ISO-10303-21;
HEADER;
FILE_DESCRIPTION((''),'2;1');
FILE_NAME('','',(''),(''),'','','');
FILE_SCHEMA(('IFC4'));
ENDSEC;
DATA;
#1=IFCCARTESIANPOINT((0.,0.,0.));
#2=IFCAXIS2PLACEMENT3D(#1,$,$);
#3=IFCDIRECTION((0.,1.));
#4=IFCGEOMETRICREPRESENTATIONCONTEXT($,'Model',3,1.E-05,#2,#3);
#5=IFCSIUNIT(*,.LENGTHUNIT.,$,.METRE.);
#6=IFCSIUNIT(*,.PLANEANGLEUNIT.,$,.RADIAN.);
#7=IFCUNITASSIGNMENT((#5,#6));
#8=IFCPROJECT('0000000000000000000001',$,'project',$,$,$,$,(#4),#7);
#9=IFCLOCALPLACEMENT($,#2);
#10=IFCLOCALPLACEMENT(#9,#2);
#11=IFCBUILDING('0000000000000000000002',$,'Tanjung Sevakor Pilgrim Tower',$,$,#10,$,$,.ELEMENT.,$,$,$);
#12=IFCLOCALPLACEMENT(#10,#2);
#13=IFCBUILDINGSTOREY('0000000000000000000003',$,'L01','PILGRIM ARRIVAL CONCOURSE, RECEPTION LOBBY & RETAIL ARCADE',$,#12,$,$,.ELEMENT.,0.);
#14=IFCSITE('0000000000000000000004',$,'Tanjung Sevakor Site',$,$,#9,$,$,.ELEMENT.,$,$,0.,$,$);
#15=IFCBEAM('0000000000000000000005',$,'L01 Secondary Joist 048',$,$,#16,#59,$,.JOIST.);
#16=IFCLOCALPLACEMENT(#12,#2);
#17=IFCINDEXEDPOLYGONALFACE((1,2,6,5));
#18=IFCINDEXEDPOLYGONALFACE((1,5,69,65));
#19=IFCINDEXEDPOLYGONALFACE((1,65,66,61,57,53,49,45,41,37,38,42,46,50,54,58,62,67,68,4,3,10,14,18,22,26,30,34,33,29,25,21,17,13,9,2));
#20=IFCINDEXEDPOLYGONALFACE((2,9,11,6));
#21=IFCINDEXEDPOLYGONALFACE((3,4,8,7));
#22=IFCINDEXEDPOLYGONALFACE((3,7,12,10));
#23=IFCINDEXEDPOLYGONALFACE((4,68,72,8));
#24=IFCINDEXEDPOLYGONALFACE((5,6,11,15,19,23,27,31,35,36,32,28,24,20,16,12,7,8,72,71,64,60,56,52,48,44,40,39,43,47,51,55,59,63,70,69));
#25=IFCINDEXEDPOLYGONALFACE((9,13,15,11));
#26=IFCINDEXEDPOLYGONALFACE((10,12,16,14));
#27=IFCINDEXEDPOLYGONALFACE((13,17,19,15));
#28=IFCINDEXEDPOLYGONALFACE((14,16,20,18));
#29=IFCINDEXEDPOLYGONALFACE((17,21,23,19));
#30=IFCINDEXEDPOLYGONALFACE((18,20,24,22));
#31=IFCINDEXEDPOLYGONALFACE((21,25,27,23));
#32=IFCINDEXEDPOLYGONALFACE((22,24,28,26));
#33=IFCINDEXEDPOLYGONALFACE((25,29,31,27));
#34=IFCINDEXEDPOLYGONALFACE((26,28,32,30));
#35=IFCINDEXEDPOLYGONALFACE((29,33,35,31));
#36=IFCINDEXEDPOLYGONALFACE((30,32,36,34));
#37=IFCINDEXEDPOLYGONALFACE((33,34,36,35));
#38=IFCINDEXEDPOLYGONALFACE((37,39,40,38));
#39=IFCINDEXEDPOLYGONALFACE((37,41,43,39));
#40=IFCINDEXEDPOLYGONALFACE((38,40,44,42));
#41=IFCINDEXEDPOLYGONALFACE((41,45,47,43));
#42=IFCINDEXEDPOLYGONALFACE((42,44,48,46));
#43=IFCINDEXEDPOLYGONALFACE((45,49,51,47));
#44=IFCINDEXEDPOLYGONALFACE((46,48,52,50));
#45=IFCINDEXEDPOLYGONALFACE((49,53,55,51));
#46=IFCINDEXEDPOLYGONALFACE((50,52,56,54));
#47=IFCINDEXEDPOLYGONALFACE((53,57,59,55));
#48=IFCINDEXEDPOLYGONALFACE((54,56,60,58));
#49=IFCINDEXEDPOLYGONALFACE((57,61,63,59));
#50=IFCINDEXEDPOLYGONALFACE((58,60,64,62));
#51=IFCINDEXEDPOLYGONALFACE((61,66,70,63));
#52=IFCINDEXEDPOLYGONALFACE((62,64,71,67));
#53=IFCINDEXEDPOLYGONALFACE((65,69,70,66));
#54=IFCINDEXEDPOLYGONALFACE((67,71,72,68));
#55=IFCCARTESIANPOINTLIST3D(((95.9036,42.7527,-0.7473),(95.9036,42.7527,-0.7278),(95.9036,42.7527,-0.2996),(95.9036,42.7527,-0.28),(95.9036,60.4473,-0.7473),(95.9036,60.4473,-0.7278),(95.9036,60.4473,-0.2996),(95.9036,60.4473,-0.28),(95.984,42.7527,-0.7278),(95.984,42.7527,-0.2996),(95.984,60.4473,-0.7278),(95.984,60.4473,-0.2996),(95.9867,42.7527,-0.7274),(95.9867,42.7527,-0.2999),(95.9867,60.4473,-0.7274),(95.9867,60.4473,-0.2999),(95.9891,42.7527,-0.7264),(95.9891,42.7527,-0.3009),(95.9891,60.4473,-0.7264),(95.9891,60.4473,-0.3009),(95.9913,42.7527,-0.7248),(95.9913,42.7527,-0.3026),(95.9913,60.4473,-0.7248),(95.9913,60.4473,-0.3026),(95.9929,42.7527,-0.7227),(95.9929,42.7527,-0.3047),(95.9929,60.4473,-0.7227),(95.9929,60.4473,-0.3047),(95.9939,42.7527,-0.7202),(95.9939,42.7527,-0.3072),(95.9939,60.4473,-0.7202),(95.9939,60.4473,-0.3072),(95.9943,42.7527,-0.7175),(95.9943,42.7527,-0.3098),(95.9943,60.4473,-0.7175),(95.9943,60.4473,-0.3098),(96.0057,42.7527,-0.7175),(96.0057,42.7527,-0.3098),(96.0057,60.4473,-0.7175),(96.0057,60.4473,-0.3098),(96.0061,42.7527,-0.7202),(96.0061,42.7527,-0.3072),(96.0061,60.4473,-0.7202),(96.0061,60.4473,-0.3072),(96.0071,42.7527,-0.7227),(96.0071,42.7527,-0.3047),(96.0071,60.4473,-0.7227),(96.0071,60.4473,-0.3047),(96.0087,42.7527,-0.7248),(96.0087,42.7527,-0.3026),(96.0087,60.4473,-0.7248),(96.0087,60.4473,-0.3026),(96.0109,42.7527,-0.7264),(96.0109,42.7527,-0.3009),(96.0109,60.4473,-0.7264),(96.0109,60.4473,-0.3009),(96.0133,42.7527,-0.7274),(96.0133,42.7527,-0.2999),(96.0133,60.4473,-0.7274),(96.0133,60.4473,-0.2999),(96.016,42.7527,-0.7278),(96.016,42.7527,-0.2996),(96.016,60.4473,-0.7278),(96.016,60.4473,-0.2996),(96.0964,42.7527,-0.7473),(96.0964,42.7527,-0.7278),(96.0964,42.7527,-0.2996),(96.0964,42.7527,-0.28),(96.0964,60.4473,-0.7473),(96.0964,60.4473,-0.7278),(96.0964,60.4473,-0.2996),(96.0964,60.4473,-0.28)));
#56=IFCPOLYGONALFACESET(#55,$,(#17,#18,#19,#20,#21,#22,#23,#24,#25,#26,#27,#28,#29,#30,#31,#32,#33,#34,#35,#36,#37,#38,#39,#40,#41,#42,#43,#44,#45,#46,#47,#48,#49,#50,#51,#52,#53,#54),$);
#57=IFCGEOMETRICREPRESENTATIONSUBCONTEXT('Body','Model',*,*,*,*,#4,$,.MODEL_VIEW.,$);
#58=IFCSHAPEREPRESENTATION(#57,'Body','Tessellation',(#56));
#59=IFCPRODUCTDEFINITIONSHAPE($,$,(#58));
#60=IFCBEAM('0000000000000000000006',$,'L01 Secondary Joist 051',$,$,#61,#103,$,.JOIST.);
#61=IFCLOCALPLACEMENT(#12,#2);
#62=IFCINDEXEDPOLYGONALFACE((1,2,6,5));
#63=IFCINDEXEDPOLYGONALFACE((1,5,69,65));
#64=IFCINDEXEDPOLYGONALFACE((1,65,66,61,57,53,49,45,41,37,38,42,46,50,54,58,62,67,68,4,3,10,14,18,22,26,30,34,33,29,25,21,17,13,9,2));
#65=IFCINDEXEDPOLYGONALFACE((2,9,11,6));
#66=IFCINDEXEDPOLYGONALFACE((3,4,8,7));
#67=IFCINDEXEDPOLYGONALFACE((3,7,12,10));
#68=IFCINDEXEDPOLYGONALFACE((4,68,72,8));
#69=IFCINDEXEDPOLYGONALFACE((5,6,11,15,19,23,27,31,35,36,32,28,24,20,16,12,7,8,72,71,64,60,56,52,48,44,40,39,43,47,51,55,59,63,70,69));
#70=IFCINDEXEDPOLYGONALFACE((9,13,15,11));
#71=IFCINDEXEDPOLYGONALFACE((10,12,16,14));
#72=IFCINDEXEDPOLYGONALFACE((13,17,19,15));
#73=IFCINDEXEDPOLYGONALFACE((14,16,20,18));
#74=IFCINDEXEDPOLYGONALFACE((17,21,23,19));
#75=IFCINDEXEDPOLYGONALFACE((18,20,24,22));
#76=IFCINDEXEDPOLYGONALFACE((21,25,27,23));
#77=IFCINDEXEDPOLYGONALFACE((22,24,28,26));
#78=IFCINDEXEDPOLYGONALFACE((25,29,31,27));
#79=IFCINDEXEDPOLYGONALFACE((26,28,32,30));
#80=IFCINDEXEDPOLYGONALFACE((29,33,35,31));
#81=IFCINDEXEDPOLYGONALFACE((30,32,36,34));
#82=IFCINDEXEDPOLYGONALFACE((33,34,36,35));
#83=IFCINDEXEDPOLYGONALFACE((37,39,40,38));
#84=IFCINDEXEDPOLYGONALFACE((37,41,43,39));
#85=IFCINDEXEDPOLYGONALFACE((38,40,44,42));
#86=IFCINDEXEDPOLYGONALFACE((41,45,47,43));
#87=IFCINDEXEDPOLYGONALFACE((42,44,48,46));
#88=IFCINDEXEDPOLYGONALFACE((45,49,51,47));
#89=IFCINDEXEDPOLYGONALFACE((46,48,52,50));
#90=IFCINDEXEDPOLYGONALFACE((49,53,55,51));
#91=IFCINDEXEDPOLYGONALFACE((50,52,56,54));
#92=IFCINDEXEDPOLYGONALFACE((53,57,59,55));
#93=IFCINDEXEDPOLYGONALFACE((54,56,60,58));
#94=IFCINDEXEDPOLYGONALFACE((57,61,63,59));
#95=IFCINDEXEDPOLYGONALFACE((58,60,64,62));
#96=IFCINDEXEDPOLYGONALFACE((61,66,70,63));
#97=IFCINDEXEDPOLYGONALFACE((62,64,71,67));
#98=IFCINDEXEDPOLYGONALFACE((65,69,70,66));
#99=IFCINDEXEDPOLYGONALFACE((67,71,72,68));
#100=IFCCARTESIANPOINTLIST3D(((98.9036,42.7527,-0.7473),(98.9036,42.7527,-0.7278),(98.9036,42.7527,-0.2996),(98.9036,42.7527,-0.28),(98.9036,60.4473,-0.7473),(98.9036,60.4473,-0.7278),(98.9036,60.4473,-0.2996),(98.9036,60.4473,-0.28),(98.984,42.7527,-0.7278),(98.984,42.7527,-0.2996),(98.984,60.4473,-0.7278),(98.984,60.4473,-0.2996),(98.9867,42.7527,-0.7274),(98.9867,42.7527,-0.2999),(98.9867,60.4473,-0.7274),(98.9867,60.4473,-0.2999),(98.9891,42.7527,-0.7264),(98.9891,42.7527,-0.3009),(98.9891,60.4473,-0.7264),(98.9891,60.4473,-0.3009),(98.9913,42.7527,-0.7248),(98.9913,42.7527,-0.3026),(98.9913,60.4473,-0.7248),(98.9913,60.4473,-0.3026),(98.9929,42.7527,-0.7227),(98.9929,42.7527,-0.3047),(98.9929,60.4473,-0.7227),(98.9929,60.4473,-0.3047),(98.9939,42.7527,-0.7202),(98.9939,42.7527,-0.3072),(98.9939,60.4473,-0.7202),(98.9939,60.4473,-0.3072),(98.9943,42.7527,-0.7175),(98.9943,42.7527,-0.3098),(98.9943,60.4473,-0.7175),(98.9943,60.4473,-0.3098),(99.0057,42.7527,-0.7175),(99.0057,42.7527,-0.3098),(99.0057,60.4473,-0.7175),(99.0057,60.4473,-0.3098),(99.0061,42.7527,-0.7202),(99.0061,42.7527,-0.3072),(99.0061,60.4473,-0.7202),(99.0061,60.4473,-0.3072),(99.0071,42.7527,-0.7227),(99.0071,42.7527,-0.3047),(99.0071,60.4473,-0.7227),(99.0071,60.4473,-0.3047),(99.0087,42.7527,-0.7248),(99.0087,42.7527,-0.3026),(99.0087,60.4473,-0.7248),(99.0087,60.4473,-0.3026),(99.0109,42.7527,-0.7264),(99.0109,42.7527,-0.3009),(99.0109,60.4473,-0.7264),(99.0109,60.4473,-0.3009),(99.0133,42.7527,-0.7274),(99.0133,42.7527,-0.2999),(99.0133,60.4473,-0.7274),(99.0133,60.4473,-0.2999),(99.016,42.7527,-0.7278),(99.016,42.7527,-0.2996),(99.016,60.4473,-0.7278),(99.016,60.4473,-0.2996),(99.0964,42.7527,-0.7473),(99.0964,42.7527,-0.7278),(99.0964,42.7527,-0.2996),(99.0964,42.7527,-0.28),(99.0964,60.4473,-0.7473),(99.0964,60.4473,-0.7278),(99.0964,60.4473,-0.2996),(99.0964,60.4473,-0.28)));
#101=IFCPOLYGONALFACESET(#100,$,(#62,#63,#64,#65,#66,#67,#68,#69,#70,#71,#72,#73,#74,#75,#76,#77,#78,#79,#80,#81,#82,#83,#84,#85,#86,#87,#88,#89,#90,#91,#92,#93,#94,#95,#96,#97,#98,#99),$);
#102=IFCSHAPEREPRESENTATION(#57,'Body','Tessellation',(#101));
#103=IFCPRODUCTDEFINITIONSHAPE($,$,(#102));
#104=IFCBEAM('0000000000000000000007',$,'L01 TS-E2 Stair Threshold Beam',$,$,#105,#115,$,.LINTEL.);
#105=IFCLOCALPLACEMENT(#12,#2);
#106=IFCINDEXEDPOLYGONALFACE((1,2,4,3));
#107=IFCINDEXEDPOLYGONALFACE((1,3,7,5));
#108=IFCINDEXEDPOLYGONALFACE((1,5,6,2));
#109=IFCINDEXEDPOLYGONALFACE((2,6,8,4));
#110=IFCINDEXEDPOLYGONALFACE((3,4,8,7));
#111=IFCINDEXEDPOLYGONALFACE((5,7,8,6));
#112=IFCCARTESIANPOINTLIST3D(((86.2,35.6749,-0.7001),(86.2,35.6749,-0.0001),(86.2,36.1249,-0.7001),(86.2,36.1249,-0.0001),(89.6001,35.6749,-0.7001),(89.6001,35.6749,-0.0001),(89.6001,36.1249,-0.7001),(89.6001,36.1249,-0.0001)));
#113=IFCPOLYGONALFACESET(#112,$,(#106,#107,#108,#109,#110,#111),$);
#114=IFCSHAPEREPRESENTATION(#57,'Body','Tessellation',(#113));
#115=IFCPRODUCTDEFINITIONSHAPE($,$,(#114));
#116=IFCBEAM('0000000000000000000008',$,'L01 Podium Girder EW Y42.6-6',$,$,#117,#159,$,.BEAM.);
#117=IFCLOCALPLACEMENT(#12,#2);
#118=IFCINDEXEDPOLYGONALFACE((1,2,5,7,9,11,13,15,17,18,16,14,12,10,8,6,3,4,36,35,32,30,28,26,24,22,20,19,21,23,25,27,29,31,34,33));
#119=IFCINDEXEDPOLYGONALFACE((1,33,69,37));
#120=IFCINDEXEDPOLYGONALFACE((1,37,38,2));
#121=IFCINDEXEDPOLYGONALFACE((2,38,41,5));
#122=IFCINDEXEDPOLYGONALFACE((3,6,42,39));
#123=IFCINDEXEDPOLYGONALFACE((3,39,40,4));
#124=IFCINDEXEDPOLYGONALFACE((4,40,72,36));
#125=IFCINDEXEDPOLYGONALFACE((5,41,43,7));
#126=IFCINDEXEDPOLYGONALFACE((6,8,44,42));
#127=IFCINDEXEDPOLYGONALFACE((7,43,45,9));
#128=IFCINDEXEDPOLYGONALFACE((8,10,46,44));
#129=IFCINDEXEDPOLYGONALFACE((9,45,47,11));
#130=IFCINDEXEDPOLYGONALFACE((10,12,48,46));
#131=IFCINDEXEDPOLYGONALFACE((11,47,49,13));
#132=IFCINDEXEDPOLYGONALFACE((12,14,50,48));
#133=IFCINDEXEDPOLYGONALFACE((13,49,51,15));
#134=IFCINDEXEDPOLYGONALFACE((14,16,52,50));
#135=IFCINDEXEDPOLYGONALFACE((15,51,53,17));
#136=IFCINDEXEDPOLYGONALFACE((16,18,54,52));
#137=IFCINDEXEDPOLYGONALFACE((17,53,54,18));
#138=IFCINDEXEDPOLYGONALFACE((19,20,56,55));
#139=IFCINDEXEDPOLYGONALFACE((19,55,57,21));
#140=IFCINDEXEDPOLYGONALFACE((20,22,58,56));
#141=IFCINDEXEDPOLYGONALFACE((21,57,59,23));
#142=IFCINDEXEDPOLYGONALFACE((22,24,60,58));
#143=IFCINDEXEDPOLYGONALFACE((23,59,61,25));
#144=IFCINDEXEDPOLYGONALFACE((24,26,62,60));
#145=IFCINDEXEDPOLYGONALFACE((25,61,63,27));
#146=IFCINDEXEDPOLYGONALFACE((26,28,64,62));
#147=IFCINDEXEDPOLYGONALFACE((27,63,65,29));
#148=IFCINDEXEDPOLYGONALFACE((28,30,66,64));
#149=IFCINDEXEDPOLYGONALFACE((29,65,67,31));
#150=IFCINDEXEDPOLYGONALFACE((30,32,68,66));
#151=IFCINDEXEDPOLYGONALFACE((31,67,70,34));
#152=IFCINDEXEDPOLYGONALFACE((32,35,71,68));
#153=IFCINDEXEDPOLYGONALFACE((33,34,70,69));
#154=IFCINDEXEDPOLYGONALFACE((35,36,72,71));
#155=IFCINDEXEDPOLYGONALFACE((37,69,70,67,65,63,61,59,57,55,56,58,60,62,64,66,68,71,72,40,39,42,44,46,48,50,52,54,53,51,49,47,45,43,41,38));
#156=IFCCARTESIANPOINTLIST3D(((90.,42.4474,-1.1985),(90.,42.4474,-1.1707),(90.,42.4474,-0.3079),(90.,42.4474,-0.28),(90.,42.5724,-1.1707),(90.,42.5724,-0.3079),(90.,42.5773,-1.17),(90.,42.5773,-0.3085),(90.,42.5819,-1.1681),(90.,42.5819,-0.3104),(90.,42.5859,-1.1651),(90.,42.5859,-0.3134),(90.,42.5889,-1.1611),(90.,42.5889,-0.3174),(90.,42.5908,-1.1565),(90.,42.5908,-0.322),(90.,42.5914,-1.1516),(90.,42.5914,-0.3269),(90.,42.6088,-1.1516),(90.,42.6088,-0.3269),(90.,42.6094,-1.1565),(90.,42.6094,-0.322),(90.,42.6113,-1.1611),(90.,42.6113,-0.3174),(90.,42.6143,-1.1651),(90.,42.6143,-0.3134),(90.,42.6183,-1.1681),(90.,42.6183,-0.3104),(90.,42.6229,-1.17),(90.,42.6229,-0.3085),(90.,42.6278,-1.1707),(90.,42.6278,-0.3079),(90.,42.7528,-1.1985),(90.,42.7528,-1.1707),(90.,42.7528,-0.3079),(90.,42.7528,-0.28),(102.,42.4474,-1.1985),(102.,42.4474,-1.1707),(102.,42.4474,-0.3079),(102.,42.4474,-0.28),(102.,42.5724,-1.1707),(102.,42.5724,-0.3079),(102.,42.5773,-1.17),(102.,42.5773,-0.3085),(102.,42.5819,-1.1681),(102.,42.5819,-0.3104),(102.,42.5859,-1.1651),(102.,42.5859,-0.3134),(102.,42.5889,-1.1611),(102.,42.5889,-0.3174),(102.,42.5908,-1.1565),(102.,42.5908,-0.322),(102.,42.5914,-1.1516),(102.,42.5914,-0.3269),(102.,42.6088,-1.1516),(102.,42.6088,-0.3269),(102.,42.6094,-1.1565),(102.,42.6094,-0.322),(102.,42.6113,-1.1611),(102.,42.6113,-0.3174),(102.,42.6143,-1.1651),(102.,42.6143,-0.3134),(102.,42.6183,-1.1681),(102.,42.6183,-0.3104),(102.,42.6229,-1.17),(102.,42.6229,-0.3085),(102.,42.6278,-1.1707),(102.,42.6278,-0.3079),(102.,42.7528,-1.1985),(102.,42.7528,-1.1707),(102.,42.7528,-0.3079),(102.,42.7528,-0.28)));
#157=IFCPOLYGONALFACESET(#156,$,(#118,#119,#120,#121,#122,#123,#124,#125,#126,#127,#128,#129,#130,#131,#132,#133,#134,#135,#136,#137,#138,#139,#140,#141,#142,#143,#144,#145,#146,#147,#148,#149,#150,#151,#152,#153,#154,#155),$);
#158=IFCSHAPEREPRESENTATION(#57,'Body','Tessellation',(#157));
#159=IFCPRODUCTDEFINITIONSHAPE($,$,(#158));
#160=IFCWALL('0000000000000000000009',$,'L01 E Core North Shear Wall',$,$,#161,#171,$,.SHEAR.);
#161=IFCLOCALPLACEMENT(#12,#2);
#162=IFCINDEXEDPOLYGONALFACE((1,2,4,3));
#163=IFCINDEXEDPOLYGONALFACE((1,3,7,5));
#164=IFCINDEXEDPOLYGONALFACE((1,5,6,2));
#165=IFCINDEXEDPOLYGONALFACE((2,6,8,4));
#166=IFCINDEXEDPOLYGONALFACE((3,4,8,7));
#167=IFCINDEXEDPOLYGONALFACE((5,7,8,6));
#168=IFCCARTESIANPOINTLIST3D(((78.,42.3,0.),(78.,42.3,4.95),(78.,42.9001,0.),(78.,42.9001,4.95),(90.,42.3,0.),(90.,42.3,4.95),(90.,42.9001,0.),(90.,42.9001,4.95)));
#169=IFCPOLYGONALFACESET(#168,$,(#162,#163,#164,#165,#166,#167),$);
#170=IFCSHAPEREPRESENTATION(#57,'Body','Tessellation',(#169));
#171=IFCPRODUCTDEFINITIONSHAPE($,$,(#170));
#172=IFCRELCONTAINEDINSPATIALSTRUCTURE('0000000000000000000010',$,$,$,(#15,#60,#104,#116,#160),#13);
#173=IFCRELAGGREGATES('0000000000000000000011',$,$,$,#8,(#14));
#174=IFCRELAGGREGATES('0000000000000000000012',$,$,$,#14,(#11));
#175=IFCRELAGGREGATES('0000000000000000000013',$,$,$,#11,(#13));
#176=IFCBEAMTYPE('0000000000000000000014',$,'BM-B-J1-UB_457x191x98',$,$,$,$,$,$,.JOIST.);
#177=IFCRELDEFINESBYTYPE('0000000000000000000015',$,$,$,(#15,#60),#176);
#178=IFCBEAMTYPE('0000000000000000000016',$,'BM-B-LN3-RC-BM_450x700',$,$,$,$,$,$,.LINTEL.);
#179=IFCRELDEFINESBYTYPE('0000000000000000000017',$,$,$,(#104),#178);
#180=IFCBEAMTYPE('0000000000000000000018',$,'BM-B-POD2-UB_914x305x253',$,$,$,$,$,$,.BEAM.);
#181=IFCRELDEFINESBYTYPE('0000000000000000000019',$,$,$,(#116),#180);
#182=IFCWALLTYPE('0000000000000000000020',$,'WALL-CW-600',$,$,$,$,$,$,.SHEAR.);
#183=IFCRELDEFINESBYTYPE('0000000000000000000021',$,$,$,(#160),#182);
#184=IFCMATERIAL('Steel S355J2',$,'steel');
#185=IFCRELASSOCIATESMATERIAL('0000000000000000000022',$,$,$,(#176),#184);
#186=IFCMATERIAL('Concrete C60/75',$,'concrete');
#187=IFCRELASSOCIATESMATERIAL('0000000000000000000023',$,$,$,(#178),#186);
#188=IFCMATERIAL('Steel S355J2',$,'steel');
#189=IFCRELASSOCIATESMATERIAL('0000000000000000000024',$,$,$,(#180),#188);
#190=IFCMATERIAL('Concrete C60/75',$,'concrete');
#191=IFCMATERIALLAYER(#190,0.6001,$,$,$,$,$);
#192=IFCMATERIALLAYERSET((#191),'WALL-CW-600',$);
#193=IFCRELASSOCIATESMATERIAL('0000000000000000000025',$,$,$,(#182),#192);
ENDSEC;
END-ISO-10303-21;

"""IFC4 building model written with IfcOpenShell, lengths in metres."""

from ifc_helpers import new_model, si_unit, direction, frame, frame_2d, origin, origin_2d, place, context, subcontext, project, spatial, rectangle, i_section, extrude, material, layer, layer_set, material_profile, profile_set, type_object, element, save


model = new_model("IFC4")

# Units and contexts
model_context = context("Model", 3, precision=1e-05, world=origin(), true_north=direction((0.0, 1.0)))
body_context = subcontext(model_context, "Body", "Model", "MODEL_VIEW")
ifc_project = project(units=[si_unit("LENGTHUNIT", "METRE"), si_unit("PLANEANGLEUNIT", "RADIAN")], contexts=[model_context])

# Site, building, storey
site_placement = place(None, origin())
site = spatial("IfcSite", under=ifc_project, at=site_placement, Name="Tanjung Sevakor Site", CompositionType="ELEMENT", RefElevation=0.0)
building_placement = place(site_placement, origin())
building = spatial("IfcBuilding", under=site, at=building_placement, Name="Tanjung Sevakor Pilgrim Tower", CompositionType="ELEMENT")
storey_placement = place(building_placement, origin())
storey = spatial("IfcBuildingStorey", under=building, at=storey_placement, Name="L01", Description="PILGRIM ARRIVAL CONCOURSE, RECEPTION LOBBY & RETAIL ARCADE", CompositionType="ELEMENT", Elevation=0.0)

# Beams
ifc_material_1 = material(Name="Steel S355J2", Category="steel")
ifc_material_profile_1 = material_profile(ifc_material_1, i_section(OverallWidth=0.1929, OverallDepth=0.4673, WebThickness=0.0115, FlangeThickness=0.0195, FilletRadius=0.0103, at=origin_2d()))
ifc_profile_set_1 = profile_set([ifc_material_profile_1], Name="Steel S355J2")
beam_type_1 = type_object("IfcBeamType", Name="BM-B-J1-UB_457x191x98", PredefinedType="JOIST", material=ifc_profile_set_1)
for number, where, z_axis, x_axis, name in (
    (1, (96.0, 42.7527, -0.5137), (0.0, 1.0, 0.0), (-1.0, 0.0, 0.0), "L01 Secondary Joist 048"),
    (2, (99.0, 42.7527, -0.5137), (0.0, 1.0, 0.0), (-1.0, 0.0, 0.0), "L01 Secondary Joist 051"),
):
    element("IfcBeam", number, at=place(storey_placement, frame(where, z_axis=z_axis, x_axis=x_axis)), inside=storey, type_object=beam_type_1, Name=name, PredefinedType="JOIST", context=body_context, shape_type="SweptSolid", body=[
        extrude(i_section(OverallWidth=0.1929, OverallDepth=0.4673, WebThickness=0.0115, FlangeThickness=0.0195, FilletRadius=0.0103, at=origin_2d()), origin(), (0.0, 0.0, 1.0), 17.6946),
    ])
ifc_material_2 = material(Name="Concrete C60/75", Category="concrete")
ifc_material_profile_2 = material_profile(ifc_material_2, rectangle(XDim=0.45, YDim=0.7, at=origin_2d()))
ifc_profile_set_2 = profile_set([ifc_material_profile_2], Name="Concrete C60/75")
beam_type_2 = type_object("IfcBeamType", Name="BM-B-LN3-RC-BM_450x700", PredefinedType="LINTEL", material=ifc_profile_set_2)
beam_1_placement = place(storey_placement, frame((86.2, 35.8999, -0.3501), z_axis=(1.0, 0.0, 0.0), x_axis=(0.0, 1.0, 0.0)))
element("IfcBeam", 3, at=beam_1_placement, inside=storey, type_object=beam_type_2, Name="L01 TS-E2 Stair Threshold Beam", PredefinedType="LINTEL", context=body_context, shape_type="SweptSolid", body=[
    extrude(rectangle(XDim=0.45, YDim=0.7, at=origin_2d()), origin(), (0.0, 0.0, 1.0), 3.4001),
])
ifc_material_3 = material(Name="Steel S355J2", Category="steel")
ifc_material_profile_3 = material_profile(ifc_material_3, i_section(OverallWidth=0.3054, OverallDepth=0.9185, WebThickness=0.0173, FlangeThickness=0.0278, FilletRadius=0.019, at=origin_2d()))
ifc_profile_set_3 = profile_set([ifc_material_profile_3], Name="Steel S355J2")
beam_type_3 = type_object("IfcBeamType", Name="BM-B-POD2-UB_914x305x253", PredefinedType="BEAM", material=ifc_profile_set_3)
beam_2_placement = place(storey_placement, frame((90.0, 42.6001, -0.7393), z_axis=(1.0, 0.0, 0.0), x_axis=(0.0, 1.0, 0.0)))
element("IfcBeam", 4, at=beam_2_placement, inside=storey, type_object=beam_type_3, Name="L01 Podium Girder EW Y42.6-6", PredefinedType="BEAM", context=body_context, shape_type="SweptSolid", body=[
    extrude(i_section(OverallWidth=0.3054, OverallDepth=0.9185, WebThickness=0.0173, FlangeThickness=0.0278, FilletRadius=0.019, at=origin_2d()), origin(), (0.0, 0.0, 1.0), 12.0),
])

# Wall
ifc_material_4 = material(Name="Concrete C60/75", Category="concrete")
ifc_layer_1 = layer(ifc_material_4, 0.6001)
ifc_layer_set_1 = layer_set([ifc_layer_1], Name="WALL-CW-600")
wall_type_1 = type_object("IfcWallType", Name="WALL-CW-600", PredefinedType="SHEAR", material=ifc_layer_set_1)
wall_1_placement = place(storey_placement, frame((90.0, 42.6001, 0.0), z_axis=(0.0, 0.0, 1.0), x_axis=(-1.0, 0.0, 0.0)))
element("IfcWall", 5, at=wall_1_placement, inside=storey, type_object=wall_type_1, Name="L01 E Core North Shear Wall", PredefinedType="SHEAR", context=body_context, shape_type="SweptSolid", body=[
    extrude(rectangle(XDim=12.0, YDim=0.6001, at=frame_2d((6.0, 0.0))), origin(), (0.0, 0.0, 1.0), 4.95),
])

save(model, "model.ifc")
